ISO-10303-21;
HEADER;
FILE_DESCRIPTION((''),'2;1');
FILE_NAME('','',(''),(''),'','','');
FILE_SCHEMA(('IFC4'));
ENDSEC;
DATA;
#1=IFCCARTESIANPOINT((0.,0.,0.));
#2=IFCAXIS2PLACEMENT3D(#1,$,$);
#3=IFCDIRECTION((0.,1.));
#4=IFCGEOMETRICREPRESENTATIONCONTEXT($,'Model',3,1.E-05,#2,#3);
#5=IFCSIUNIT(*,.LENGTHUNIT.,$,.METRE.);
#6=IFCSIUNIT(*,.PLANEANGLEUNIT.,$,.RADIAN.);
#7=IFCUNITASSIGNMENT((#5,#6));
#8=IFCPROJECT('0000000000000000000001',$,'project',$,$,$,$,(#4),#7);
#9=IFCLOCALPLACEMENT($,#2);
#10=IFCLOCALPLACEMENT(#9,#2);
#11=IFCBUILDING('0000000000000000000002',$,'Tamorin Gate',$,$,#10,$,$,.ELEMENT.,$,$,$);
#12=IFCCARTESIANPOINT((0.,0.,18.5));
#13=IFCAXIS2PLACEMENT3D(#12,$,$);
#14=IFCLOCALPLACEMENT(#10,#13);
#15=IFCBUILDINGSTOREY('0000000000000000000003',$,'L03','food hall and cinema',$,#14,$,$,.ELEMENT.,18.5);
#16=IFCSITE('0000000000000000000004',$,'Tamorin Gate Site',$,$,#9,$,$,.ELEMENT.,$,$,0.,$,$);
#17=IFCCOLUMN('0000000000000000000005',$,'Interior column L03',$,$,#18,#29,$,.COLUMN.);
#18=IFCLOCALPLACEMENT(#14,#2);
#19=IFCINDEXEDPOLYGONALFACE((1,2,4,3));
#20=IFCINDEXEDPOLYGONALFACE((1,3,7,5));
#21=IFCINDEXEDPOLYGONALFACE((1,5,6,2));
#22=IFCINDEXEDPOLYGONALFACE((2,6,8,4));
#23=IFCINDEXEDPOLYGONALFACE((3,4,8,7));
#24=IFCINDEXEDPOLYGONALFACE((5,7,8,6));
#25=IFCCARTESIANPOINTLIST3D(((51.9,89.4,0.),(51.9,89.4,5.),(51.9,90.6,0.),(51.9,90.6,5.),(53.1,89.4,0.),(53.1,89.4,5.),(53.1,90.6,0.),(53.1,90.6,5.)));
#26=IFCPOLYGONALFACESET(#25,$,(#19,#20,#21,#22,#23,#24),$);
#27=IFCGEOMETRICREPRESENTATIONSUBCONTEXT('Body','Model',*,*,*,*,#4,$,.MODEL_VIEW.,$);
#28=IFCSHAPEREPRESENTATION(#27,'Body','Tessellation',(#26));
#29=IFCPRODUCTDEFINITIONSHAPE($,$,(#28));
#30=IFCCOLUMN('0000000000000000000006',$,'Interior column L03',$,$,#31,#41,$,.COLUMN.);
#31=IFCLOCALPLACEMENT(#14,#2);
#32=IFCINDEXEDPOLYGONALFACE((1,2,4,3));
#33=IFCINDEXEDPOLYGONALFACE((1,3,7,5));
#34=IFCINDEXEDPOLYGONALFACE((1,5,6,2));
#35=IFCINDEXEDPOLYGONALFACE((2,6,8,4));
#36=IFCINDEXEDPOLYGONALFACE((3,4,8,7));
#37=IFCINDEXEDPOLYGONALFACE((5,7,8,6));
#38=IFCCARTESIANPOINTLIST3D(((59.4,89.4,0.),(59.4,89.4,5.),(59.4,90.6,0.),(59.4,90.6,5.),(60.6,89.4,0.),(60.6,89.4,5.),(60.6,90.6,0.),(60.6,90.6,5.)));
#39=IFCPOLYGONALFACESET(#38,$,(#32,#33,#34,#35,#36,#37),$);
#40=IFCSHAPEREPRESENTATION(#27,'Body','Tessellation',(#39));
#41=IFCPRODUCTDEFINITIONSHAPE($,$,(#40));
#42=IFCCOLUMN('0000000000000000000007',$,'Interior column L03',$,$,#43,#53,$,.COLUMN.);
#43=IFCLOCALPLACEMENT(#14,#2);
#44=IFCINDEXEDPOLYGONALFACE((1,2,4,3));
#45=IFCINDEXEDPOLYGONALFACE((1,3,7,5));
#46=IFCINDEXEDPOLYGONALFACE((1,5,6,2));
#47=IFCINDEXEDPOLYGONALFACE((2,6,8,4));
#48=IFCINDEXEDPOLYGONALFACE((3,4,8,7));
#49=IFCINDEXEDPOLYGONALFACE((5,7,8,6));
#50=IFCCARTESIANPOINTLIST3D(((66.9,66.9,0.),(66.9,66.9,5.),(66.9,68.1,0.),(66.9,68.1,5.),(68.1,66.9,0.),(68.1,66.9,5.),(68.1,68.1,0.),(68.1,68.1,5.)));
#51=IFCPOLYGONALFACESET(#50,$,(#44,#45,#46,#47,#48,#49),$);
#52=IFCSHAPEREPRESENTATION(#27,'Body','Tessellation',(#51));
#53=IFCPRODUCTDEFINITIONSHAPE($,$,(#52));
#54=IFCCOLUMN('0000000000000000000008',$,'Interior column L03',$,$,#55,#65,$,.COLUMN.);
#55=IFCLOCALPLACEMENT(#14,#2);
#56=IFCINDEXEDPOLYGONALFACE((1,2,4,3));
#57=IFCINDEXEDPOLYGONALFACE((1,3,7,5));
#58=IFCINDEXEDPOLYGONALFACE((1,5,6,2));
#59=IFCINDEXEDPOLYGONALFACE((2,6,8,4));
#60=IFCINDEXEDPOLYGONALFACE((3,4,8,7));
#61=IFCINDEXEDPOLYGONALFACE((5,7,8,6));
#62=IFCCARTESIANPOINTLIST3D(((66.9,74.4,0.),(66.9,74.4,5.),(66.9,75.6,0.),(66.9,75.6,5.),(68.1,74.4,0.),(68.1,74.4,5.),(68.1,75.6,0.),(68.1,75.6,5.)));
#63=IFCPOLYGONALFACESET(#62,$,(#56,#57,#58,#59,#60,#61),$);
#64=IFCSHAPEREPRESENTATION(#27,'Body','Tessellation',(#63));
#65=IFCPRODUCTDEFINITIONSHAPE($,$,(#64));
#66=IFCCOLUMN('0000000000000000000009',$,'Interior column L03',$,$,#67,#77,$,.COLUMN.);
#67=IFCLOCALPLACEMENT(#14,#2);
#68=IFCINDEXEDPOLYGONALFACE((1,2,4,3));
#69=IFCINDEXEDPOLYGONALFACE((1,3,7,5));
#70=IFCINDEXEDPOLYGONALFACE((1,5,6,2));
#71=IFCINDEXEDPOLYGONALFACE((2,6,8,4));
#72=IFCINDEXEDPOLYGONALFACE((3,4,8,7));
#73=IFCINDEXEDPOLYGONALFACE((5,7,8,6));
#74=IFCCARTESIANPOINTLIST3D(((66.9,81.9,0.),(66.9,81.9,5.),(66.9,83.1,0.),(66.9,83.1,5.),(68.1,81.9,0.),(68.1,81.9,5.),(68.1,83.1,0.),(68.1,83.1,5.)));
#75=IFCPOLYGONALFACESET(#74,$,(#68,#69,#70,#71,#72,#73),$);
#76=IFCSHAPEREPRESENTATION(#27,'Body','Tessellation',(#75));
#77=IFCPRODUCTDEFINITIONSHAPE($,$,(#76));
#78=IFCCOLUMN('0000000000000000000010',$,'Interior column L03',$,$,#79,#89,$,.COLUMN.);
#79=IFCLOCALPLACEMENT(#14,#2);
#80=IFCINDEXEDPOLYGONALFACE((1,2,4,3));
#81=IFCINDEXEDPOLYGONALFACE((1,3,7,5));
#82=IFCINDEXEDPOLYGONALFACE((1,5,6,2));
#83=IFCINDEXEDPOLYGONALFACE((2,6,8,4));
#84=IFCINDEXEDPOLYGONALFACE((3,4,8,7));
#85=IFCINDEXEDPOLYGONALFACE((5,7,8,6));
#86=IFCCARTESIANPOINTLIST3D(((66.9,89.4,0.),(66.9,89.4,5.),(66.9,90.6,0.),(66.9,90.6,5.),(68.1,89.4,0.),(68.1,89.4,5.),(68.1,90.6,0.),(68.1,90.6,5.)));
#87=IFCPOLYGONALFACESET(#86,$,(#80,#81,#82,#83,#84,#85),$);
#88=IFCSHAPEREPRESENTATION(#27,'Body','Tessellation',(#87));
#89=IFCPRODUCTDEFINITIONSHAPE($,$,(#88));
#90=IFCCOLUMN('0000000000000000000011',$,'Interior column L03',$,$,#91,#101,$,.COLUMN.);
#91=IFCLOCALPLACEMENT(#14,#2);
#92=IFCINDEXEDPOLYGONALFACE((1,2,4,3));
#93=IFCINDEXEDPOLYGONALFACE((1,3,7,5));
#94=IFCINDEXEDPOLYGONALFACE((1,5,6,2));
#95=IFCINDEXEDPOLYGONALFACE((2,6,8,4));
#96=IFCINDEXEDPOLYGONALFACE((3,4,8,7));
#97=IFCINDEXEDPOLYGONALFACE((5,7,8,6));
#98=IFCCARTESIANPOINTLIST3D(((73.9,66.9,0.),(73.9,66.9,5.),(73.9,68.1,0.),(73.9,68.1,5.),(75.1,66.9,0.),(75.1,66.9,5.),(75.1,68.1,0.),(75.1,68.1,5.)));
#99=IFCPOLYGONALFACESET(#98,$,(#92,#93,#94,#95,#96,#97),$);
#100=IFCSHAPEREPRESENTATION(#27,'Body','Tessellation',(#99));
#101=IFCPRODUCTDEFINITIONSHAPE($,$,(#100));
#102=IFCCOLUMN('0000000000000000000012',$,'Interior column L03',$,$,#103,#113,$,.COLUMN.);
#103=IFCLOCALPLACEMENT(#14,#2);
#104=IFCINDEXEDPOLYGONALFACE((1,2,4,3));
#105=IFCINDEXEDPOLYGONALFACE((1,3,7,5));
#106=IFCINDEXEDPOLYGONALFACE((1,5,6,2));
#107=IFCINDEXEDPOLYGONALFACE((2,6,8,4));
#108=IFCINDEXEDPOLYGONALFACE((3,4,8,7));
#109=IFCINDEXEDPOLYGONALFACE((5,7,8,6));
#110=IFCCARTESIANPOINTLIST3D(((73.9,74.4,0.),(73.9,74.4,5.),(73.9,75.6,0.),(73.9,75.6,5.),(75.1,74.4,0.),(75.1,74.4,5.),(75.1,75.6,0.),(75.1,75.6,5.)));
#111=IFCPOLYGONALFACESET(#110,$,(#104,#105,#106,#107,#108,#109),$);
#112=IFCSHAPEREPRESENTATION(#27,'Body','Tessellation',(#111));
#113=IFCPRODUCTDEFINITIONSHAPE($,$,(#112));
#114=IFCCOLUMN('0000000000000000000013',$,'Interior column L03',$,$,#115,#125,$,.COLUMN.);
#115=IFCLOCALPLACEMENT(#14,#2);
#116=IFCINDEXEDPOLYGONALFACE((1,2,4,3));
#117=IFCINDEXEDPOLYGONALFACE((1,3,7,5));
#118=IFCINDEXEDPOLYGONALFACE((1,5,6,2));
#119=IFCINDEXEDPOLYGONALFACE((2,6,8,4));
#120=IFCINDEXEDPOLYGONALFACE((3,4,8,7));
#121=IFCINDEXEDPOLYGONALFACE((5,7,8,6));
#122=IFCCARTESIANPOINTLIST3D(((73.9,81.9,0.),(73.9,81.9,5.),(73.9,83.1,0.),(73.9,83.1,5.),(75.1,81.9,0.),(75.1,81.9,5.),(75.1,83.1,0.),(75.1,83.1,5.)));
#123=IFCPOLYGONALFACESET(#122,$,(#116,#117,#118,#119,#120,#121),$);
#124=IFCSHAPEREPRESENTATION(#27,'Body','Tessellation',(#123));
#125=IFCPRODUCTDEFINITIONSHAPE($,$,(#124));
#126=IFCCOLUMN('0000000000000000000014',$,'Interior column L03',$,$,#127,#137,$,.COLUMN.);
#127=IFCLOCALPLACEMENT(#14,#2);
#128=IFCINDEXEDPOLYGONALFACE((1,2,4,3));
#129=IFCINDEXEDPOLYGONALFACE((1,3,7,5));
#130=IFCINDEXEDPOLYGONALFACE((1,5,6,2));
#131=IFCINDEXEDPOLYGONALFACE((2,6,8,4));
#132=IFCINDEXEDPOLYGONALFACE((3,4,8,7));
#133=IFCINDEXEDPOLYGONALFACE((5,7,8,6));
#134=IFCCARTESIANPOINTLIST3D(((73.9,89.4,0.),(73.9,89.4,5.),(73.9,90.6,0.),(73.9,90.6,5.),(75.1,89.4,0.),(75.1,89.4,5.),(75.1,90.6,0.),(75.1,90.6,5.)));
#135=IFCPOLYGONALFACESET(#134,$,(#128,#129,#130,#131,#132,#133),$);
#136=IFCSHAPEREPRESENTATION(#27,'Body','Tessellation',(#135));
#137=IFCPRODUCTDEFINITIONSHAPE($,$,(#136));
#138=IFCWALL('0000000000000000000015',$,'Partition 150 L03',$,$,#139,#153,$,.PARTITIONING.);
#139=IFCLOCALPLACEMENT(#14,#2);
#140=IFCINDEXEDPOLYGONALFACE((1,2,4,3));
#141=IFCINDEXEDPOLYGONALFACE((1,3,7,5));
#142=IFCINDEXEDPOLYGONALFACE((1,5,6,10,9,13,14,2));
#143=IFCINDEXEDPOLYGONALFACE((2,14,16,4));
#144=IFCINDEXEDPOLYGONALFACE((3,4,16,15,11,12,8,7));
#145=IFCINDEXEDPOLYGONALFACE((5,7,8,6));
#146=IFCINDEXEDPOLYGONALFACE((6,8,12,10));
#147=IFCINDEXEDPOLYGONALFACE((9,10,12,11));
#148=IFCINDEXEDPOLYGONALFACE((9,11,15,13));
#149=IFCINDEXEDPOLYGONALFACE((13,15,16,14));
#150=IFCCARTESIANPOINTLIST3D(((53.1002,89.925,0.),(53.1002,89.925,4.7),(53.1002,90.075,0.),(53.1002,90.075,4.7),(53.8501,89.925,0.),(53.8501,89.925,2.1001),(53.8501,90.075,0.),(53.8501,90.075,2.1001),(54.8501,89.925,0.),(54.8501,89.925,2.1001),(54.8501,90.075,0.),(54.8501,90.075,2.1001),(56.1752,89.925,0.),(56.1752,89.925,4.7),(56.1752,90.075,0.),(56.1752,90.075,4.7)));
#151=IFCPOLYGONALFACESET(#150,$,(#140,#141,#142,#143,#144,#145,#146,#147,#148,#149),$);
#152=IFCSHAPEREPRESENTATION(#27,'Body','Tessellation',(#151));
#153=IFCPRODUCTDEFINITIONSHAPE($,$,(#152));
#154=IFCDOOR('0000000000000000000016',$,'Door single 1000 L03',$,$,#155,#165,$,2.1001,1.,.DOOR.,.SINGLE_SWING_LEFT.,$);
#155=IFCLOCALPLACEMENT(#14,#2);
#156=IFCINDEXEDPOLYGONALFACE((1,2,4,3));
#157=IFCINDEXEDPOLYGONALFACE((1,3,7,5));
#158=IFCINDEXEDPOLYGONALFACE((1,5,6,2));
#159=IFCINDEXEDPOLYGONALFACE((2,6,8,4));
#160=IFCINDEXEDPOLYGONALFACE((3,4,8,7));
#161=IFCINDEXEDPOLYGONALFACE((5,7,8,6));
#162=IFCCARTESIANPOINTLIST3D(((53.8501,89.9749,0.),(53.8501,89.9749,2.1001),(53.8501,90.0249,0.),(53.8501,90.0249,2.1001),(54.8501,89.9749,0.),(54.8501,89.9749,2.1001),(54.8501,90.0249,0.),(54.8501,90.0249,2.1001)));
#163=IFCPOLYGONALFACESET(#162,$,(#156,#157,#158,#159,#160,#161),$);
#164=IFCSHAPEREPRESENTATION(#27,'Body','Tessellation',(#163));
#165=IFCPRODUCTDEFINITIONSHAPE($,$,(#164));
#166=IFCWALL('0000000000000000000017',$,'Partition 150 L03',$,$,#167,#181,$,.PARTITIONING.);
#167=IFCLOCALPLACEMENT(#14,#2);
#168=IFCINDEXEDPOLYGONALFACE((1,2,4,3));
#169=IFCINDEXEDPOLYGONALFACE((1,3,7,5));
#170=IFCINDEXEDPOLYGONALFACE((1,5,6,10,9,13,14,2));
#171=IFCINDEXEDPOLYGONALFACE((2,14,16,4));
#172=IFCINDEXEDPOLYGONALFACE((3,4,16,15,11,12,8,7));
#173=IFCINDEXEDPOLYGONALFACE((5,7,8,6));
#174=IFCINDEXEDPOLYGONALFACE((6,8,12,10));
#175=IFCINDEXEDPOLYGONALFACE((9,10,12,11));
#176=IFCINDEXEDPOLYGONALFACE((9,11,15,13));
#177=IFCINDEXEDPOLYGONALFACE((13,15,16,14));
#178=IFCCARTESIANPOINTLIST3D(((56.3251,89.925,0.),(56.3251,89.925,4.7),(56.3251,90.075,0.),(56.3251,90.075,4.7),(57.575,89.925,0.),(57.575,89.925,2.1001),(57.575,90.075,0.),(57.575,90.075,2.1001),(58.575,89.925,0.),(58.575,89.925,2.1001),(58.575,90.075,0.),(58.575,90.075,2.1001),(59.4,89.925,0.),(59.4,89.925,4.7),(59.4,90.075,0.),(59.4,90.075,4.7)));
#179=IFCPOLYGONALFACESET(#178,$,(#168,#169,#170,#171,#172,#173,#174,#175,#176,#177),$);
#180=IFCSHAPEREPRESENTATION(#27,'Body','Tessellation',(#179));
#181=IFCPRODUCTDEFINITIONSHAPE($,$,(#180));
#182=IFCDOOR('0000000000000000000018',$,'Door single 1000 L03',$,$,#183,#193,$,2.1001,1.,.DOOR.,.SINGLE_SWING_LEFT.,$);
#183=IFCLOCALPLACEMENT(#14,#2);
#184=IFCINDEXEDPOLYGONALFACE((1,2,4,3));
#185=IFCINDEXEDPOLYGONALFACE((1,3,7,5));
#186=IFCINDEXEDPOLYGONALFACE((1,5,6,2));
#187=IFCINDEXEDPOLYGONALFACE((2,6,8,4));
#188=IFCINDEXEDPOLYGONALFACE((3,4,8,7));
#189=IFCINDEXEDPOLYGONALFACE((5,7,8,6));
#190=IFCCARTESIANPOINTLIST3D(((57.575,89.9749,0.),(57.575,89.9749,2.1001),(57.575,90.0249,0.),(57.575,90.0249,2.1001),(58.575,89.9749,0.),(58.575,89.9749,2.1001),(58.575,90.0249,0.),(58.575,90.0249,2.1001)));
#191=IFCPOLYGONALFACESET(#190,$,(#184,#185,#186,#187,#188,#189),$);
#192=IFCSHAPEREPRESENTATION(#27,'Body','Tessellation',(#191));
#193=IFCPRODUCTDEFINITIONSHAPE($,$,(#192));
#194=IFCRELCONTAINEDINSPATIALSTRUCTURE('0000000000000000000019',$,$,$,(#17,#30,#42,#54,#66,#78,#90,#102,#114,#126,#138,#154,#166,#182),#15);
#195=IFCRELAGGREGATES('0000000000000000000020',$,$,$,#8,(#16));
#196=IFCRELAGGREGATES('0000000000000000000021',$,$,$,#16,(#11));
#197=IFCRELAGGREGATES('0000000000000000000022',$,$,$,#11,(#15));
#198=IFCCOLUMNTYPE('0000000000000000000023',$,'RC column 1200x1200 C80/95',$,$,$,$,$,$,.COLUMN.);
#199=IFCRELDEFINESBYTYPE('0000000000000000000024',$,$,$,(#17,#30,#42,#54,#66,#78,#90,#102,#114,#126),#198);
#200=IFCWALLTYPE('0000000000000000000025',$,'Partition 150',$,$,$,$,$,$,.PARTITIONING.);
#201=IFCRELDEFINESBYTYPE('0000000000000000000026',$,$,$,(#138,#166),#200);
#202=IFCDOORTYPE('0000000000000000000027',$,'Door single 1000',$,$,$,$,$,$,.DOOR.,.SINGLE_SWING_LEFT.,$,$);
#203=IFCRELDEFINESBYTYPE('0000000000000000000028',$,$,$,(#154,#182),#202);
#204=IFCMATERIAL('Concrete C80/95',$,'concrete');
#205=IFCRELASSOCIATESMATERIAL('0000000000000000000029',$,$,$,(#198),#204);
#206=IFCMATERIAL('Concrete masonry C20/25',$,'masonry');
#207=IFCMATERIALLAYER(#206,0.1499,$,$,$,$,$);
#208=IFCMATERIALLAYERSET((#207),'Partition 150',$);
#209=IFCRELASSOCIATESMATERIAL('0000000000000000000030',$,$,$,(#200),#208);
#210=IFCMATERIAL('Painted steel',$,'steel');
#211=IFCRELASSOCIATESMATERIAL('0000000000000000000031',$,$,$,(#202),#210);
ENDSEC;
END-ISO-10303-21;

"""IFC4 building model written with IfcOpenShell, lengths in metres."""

from ifc_helpers import new_model, si_unit, direction, frame, frame_2d, origin, origin_2d, place, context, subcontext, project, spatial, rectangle, extrude, material, layer, layer_set, material_profile, profile_set, type_object, element, fill, save


model = new_model("IFC4")

# Units and contexts
model_context = context("Model", 3, precision=1e-05, world=origin(), true_north=direction((0.0, 1.0)))
body_context = subcontext(model_context, "Body", "Model", "MODEL_VIEW")
ifc_project = project(units=[si_unit("LENGTHUNIT", "METRE"), si_unit("PLANEANGLEUNIT", "RADIAN")], contexts=[model_context])

# Site, building, storey
site_placement = place(None, origin())
site = spatial("IfcSite", under=ifc_project, at=site_placement, Name="Tamorin Gate Site", CompositionType="ELEMENT", RefElevation=0.0)
building_placement = place(site_placement, origin())
building = spatial("IfcBuilding", under=site, at=building_placement, Name="Tamorin Gate", CompositionType="ELEMENT")
storey_placement = place(building_placement, frame((0.0, 0.0, 18.5)))
storey = spatial("IfcBuildingStorey", under=building, at=storey_placement, Name="L03", Description="food hall and cinema", CompositionType="ELEMENT", Elevation=18.5)

# Columns
ifc_material_1 = material(Name="Concrete C80/95", Category="concrete")
ifc_material_profile = material_profile(ifc_material_1, rectangle(XDim=1.2, YDim=1.2, at=origin_2d()), Name="RC 1200x1200")
ifc_profile_set = profile_set([ifc_material_profile], Name="Concrete C80/95")
column_type = type_object("IfcColumnType", Name="RC column 1200x1200 C80/95", PredefinedType="COLUMN", material=ifc_profile_set)
for number, where, z_axis, x_axis, name in (
    (1, (52.5, 90.0, 0.0), (0.0, 0.0, 1.0), (1.0, 0.0, 0.0), "Interior column L03"),
    (2, (60.0, 90.0, 0.0), (0.0, 0.0, 1.0), (1.0, 0.0, 0.0), "Interior column L03"),
    (3, (67.5, 67.5, 0.0), (0.0, 0.0, 1.0), (1.0, 0.0, 0.0), "Interior column L03"),
    (4, (67.5, 75.0, 0.0), (0.0, 0.0, 1.0), (1.0, 0.0, 0.0), "Interior column L03"),
    (5, (67.5, 82.5, 0.0), (0.0, 0.0, 1.0), (1.0, 0.0, 0.0), "Interior column L03"),
    (6, (67.5, 90.0, 0.0), (0.0, 0.0, 1.0), (1.0, 0.0, 0.0), "Interior column L03"),
    (7, (74.5, 67.5, 0.0), (0.0, 0.0, 1.0), (1.0, 0.0, 0.0), "Interior column L03"),
    (8, (74.5, 75.0, 0.0), (0.0, 0.0, 1.0), (1.0, 0.0, 0.0), "Interior column L03"),
    (9, (74.5, 82.5, 0.0), (0.0, 0.0, 1.0), (1.0, 0.0, 0.0), "Interior column L03"),
    (10, (74.5, 90.0, 0.0), (0.0, 0.0, 1.0), (1.0, 0.0, 0.0), "Interior column L03"),
):
    element("IfcColumn", number, at=place(storey_placement, frame(where, z_axis=z_axis, x_axis=x_axis)), inside=storey, type_object=column_type, Name=name, PredefinedType="COLUMN", context=body_context, shape_type="SweptSolid", body=[
        extrude(rectangle(XDim=1.2, YDim=1.2, at=origin_2d()), origin(), (0.0, 0.0, 1.0), 5.0),
    ])

# Walls, openings, doors
ifc_material_2 = material(Name="Concrete masonry C20/25", Category="masonry")
ifc_layer_1 = layer(ifc_material_2, 0.1499)
ifc_layer_set_1 = layer_set([ifc_layer_1], Name="Partition 150")
wall_type_1 = type_object("IfcWallType", Name="Partition 150", PredefinedType="PARTITIONING", material=ifc_layer_set_1)
wall_1_placement = place(storey_placement, frame((53.1001, 90.0, 0.0), z_axis=(0.0, 0.0, 1.0), x_axis=(1.0, 0.0, 0.0)))
wall_1 = element("IfcWall", 11, at=wall_1_placement, inside=storey, type_object=wall_type_1, Name="Partition 150 L03", PredefinedType="PARTITIONING", context=body_context, shape_type="SweptSolid", body=[
    extrude(rectangle(XDim=3.075, YDim=0.1499, at=frame_2d((1.5376, 0.0))), origin(), (0.0, 0.0, 1.0), 4.7),
])
opening_1_placement = place(wall_1_placement, frame((0.75, 0.0, 0.0)))
opening_1 = element("IfcOpeningElement", 12, at=opening_1_placement, cuts=wall_1, PredefinedType="OPENING", context=body_context, shape_type="SweptSolid", body=[
    extrude(rectangle(XDim=1.0, YDim=2.1001, at=frame_2d((0.5, 1.05))), frame((0.0, 0.085, 0.0), z_axis=(0.0, -1.0, 0.0), x_axis=(1.0, 0.0, 0.0)), (0.0, 0.0, 1.0), 0.1699),
])
ifc_material_3 = material(Name="Painted steel", Category="steel")
door_type_1 = type_object("IfcDoorType", Name="Door single 1000", OperationType="SINGLE_SWING_LEFT", PredefinedType="DOOR", material=ifc_material_3)
door_1_placement = place(opening_1_placement, origin())
door_1 = element("IfcDoor", 13, at=door_1_placement, inside=storey, type_object=door_type_1, Name="Door single 1000 L03", OperationType="SINGLE_SWING_LEFT", OverallHeight=2.1001, OverallWidth=1.0, PredefinedType="DOOR", context=body_context, shape_type="SweptSolid", body=[
    extrude(rectangle(XDim=1.0, YDim=2.1001, at=frame_2d((0.5, 1.05))), frame((0.0, 0.0249, 0.0), z_axis=(0.0, -1.0, 0.0), x_axis=(1.0, 0.0, 0.0)), (0.0, 0.0, 1.0), 0.05),
])
fill(opening_1, door_1)
wall_2_placement = place(storey_placement, frame((56.325, 90.0, 0.0), z_axis=(0.0, 0.0, 1.0), x_axis=(1.0, 0.0, 0.0)))
wall_2 = element("IfcWall", 14, at=wall_2_placement, inside=storey, type_object=wall_type_1, Name="Partition 150 L03", PredefinedType="PARTITIONING", context=body_context, shape_type="SweptSolid", body=[
    extrude(rectangle(XDim=3.075, YDim=0.1499, at=frame_2d((1.5376, 0.0))), origin(), (0.0, 0.0, 1.0), 4.7),
])
opening_2_placement = place(wall_2_placement, frame((1.25, 0.0, 0.0)))
opening_2 = element("IfcOpeningElement", 15, at=opening_2_placement, cuts=wall_2, PredefinedType="OPENING", context=body_context, shape_type="SweptSolid", body=[
    extrude(rectangle(XDim=1.0, YDim=2.1001, at=frame_2d((0.5, 1.05))), frame((0.0, 0.085, 0.0), z_axis=(0.0, -1.0, 0.0), x_axis=(1.0, 0.0, 0.0)), (0.0, 0.0, 1.0), 0.1699),
])
door_2_placement = place(opening_2_placement, origin())
door_2 = element("IfcDoor", 16, at=door_2_placement, inside=storey, type_object=door_type_1, Name="Door single 1000 L03", OperationType="SINGLE_SWING_LEFT", OverallHeight=2.1001, OverallWidth=1.0, PredefinedType="DOOR", context=body_context, shape_type="SweptSolid", body=[
    extrude(rectangle(XDim=1.0, YDim=2.1001, at=frame_2d((0.5, 1.05))), frame((0.0, 0.0249, 0.0), z_axis=(0.0, -1.0, 0.0), x_axis=(1.0, 0.0, 0.0)), (0.0, 0.0, 1.0), 0.05),
])
fill(opening_2, door_2)

save(model, "model.ifc")
